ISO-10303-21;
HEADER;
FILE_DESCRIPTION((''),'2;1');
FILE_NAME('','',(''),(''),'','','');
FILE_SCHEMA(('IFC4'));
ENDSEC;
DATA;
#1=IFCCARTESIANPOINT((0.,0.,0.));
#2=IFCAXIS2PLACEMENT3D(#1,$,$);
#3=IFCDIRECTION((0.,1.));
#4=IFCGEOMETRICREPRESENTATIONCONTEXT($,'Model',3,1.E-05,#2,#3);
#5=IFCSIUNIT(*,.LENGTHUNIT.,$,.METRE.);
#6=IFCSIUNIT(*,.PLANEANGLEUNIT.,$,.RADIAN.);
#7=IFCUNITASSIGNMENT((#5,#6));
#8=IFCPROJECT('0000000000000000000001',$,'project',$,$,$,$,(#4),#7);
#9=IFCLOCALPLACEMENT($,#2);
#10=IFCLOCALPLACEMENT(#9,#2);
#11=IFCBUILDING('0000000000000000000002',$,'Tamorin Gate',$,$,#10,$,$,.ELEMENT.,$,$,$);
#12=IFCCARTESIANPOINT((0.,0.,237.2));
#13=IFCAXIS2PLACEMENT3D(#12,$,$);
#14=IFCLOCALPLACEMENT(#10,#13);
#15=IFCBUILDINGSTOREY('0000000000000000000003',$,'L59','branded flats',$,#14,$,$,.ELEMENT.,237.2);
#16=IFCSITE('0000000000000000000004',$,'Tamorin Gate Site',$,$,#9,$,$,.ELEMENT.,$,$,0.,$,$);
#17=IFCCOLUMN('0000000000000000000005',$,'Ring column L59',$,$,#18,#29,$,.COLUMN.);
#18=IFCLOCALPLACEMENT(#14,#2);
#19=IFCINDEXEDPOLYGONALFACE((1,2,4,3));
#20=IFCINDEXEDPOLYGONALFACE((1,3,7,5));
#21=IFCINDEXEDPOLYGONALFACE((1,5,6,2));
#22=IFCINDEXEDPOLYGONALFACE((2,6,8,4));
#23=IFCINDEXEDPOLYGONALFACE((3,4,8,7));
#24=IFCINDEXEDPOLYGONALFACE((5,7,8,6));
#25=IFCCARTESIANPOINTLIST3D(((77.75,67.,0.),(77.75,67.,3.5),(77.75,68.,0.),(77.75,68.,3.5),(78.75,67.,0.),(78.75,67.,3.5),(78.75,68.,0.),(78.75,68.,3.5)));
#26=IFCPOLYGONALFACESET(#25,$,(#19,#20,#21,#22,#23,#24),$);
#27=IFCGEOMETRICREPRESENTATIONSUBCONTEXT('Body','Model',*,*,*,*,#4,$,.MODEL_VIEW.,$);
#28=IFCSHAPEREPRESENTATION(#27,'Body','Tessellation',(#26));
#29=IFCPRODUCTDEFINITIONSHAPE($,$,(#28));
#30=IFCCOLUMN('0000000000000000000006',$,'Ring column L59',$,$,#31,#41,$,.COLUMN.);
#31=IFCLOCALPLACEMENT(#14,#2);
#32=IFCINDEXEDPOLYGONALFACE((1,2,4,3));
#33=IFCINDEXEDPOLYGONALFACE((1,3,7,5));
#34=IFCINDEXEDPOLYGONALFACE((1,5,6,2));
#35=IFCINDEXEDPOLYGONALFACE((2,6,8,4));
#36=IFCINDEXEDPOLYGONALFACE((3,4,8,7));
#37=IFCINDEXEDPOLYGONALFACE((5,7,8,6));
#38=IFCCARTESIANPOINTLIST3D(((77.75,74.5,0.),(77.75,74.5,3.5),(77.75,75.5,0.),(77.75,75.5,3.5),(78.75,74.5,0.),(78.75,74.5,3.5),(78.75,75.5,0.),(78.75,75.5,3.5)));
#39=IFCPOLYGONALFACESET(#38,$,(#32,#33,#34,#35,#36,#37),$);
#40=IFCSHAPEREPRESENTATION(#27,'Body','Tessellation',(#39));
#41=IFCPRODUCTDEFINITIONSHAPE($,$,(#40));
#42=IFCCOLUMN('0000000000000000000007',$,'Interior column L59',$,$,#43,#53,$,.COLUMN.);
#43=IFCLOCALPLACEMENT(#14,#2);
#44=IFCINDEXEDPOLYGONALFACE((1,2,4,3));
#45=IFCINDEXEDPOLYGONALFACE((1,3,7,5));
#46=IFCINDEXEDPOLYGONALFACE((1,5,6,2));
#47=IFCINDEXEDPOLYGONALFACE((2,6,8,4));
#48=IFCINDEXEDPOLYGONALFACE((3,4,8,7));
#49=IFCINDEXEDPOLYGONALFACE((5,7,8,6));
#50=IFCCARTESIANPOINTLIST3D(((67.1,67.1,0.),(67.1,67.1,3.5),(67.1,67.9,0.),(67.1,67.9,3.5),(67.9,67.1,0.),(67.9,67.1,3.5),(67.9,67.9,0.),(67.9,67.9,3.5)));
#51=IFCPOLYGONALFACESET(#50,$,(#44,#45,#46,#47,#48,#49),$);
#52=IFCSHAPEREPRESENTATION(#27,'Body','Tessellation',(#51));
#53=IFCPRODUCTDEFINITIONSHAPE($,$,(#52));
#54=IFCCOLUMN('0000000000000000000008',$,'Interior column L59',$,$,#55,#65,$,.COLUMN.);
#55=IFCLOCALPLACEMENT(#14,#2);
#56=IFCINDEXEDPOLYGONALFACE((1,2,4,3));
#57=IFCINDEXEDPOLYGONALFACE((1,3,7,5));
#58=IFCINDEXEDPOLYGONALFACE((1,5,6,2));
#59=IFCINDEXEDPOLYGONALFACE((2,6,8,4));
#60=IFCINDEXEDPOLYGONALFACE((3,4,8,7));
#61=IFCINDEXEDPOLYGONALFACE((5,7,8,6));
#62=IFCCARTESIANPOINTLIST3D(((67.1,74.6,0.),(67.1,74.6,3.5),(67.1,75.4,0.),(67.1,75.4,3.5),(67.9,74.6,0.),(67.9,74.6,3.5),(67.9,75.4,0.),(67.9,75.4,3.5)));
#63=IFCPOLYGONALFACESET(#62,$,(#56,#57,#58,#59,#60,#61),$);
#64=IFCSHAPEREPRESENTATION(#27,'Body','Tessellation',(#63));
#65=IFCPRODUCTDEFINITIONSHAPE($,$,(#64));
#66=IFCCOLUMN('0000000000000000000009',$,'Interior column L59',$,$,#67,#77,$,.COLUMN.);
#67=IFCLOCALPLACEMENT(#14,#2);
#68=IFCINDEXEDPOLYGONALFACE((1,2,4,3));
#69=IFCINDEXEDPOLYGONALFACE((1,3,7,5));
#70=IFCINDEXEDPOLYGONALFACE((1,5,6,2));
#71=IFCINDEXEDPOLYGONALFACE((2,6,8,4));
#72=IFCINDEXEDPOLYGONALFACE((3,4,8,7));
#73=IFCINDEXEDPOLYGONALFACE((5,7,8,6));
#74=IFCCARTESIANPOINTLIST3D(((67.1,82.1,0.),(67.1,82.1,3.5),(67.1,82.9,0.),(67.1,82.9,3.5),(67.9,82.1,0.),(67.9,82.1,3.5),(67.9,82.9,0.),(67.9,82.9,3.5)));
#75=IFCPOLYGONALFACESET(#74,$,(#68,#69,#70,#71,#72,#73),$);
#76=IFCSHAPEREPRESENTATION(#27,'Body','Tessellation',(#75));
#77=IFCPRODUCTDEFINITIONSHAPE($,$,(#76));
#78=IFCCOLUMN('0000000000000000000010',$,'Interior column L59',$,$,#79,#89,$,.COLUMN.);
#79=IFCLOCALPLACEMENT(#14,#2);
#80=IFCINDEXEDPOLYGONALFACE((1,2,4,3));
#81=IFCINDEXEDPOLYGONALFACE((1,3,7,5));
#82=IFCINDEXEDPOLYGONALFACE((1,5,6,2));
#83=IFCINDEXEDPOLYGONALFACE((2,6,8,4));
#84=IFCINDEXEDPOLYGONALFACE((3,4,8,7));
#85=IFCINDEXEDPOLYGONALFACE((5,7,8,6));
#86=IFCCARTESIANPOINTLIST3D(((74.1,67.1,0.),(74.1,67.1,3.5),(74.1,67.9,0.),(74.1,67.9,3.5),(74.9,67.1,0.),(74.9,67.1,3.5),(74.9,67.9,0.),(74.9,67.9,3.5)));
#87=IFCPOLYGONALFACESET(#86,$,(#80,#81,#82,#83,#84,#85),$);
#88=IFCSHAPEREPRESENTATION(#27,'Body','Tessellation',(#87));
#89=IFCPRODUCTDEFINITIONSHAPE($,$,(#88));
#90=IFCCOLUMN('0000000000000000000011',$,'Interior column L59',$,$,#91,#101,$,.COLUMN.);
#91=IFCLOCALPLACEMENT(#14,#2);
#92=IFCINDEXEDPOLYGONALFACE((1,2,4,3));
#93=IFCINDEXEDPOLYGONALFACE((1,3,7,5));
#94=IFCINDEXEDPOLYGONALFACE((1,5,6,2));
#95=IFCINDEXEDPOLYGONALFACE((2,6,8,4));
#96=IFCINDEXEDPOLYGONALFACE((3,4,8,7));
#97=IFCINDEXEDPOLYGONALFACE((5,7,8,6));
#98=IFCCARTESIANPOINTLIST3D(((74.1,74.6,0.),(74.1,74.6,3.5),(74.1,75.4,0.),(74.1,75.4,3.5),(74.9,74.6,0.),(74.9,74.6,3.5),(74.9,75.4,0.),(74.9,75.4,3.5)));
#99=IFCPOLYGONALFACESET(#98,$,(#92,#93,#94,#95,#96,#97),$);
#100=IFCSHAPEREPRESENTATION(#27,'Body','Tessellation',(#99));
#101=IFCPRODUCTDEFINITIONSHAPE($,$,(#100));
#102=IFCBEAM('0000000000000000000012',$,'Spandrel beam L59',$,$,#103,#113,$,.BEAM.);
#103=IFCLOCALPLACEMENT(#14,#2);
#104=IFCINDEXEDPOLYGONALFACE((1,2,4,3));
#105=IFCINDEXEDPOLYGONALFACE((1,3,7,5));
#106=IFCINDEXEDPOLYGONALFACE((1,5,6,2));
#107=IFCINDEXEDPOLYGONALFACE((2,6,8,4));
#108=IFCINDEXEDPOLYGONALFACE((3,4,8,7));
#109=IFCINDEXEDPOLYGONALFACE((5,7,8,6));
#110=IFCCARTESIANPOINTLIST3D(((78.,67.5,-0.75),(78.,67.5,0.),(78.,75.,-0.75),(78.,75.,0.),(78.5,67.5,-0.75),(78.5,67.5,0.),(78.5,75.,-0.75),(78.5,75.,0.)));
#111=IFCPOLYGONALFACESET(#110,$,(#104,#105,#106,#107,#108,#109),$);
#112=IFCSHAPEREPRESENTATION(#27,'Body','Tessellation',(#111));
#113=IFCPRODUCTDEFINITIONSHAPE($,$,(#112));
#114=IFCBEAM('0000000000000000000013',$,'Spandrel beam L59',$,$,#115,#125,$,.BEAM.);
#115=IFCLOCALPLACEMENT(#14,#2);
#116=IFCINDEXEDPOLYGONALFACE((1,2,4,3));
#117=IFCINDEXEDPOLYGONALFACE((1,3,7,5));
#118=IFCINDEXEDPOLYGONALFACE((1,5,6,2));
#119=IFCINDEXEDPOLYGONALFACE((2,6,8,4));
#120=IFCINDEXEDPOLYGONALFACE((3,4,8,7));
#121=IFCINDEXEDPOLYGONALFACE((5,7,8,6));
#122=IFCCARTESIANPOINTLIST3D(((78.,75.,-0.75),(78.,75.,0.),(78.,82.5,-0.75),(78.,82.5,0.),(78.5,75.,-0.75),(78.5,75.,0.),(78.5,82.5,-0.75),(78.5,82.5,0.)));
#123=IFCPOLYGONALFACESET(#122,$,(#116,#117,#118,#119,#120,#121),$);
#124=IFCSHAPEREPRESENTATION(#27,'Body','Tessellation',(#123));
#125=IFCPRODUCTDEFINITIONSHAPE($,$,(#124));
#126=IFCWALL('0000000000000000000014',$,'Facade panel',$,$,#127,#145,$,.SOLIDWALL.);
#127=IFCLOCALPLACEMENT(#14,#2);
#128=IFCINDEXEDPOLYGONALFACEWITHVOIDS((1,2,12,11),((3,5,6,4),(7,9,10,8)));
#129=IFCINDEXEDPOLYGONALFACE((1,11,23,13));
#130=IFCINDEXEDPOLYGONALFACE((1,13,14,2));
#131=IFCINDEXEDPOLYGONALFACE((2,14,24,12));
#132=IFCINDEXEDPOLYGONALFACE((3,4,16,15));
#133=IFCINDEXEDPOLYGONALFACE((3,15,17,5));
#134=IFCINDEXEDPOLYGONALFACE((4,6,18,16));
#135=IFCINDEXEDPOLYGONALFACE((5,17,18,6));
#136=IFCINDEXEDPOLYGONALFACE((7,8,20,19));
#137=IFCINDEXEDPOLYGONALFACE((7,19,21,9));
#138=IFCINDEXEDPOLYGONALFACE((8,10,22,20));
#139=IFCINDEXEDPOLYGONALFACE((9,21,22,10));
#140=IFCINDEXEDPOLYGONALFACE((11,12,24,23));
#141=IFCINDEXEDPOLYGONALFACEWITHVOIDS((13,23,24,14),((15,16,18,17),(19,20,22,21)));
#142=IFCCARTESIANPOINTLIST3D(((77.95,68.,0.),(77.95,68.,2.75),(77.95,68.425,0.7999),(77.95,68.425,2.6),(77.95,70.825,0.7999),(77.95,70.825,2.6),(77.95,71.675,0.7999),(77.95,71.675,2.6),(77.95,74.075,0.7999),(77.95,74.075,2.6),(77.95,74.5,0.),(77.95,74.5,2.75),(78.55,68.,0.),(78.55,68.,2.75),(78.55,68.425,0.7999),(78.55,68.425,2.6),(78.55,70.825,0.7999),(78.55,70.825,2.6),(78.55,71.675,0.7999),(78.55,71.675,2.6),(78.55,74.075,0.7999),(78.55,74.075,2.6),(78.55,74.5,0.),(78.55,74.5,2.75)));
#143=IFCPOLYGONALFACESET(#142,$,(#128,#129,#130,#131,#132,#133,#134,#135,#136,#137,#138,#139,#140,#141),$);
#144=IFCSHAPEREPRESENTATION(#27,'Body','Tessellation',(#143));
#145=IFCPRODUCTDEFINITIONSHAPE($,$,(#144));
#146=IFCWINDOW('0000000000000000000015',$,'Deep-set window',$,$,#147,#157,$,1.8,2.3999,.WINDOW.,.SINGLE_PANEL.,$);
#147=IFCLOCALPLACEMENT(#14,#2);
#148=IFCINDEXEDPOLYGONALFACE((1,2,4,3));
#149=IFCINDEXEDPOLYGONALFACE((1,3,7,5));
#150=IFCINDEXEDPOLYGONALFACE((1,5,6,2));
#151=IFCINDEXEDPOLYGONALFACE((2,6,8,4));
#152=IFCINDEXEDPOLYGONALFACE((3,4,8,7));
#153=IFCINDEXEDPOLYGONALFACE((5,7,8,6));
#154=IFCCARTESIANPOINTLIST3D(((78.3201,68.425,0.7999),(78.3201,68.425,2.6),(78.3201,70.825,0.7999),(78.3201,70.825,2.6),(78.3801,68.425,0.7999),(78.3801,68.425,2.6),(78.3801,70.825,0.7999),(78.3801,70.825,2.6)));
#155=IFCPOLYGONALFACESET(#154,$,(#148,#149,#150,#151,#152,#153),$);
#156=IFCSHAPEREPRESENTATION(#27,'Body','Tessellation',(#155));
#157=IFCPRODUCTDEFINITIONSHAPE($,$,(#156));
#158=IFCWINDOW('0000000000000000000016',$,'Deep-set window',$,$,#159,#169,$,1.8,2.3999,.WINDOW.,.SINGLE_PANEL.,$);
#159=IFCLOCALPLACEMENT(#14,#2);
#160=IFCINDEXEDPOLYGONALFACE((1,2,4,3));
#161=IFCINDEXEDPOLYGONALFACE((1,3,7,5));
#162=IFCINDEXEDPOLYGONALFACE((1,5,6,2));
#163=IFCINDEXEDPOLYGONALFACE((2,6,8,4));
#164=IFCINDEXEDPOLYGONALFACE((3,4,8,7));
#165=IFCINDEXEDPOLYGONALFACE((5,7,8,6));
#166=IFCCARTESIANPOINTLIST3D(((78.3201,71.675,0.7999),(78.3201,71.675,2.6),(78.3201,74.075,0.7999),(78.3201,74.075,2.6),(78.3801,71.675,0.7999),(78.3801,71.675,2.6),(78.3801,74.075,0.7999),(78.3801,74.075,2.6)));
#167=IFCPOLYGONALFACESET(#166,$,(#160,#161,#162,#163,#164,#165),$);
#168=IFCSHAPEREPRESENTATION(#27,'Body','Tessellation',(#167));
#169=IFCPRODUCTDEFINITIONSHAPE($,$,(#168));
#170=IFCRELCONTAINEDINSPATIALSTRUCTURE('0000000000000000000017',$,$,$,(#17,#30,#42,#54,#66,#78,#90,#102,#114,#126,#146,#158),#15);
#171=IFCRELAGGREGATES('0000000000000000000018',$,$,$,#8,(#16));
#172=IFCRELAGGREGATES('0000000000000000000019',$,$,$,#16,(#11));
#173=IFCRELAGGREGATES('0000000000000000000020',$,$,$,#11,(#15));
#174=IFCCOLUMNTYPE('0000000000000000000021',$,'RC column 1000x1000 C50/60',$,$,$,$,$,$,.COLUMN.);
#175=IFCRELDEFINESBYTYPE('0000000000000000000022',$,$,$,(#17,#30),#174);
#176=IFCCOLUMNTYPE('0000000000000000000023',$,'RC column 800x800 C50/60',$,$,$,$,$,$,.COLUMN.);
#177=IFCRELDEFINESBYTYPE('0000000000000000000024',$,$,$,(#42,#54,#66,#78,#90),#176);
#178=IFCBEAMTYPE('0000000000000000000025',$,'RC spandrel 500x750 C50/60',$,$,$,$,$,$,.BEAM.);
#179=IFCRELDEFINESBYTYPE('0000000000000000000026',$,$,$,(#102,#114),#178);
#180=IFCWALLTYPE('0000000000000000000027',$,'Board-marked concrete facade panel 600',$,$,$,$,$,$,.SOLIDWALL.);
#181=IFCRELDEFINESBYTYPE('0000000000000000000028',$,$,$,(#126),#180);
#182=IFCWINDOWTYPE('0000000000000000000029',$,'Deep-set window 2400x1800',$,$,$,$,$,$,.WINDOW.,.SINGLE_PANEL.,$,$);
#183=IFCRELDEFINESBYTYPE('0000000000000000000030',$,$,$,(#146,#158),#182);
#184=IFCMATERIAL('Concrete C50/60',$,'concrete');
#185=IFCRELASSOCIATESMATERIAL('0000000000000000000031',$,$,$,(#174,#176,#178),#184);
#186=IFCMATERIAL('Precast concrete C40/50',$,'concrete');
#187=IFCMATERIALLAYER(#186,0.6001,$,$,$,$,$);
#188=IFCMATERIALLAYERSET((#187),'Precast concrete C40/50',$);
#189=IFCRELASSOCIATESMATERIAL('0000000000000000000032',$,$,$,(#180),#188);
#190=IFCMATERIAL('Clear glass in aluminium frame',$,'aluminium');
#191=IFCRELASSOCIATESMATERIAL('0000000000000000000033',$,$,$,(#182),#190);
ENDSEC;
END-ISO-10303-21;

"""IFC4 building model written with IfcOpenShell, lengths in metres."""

from ifc_helpers import new_model, si_unit, direction, frame, frame_2d, origin, origin_2d, place, context, subcontext, project, spatial, rectangle, extrude, material, layer, layer_set, material_profile, profile_set, type_object, element, fill, save


model = new_model("IFC4")

# Units and contexts
model_context = context("Model", 3, precision=1e-05, world=origin(), true_north=direction((0.0, 1.0)))
body_context = subcontext(model_context, "Body", "Model", "MODEL_VIEW")
ifc_project = project(units=[si_unit("LENGTHUNIT", "METRE"), si_unit("PLANEANGLEUNIT", "RADIAN")], contexts=[model_context])

# Site, building, storey
site_placement = place(None, origin())
site = spatial("IfcSite", under=ifc_project, at=site_placement, Name="Tamorin Gate Site", CompositionType="ELEMENT", RefElevation=0.0)
building_placement = place(site_placement, origin())
building = spatial("IfcBuilding", under=site, at=building_placement, Name="Tamorin Gate", CompositionType="ELEMENT")
storey_placement = place(building_placement, frame((0.0, 0.0, 237.2)))
storey = spatial("IfcBuildingStorey", under=building, at=storey_placement, Name="L59", Description="branded flats", CompositionType="ELEMENT", Elevation=237.2)

# Columns
ifc_material_1 = material(Name="Concrete C50/60", Category="concrete")
ifc_material_profile_1 = material_profile(ifc_material_1, rectangle(XDim=1.0, YDim=1.0, at=origin_2d()), Name="RC 1000x1000")
ifc_profile_set_1 = profile_set([ifc_material_profile_1], Name="Concrete C50/60")
column_type_1 = type_object("IfcColumnType", Name="RC column 1000x1000 C50/60", PredefinedType="COLUMN", material=ifc_profile_set_1)
for number, where, z_axis, x_axis, name in (
    (1, (78.25, 67.5, 0.0), (0.0, 0.0, 1.0), (1.0, 0.0, 0.0), "Ring column L59"),
    (2, (78.25, 75.0, 0.0), (0.0, 0.0, 1.0), (1.0, 0.0, 0.0), "Ring column L59"),
):
    element("IfcColumn", number, at=place(storey_placement, frame(where, z_axis=z_axis, x_axis=x_axis)), inside=storey, type_object=column_type_1, Name=name, PredefinedType="COLUMN", context=body_context, shape_type="SweptSolid", body=[
        extrude(rectangle(XDim=1.0, YDim=1.0, at=origin_2d()), origin(), (0.0, 0.0, 1.0), 3.5),
    ])
ifc_material_profile_2 = material_profile(ifc_material_1, rectangle(XDim=0.8, YDim=0.8, at=origin_2d()), Name="RC 800x800")
ifc_profile_set_2 = profile_set([ifc_material_profile_2], Name="Concrete C50/60")
column_type_2 = type_object("IfcColumnType", Name="RC column 800x800 C50/60", PredefinedType="COLUMN", material=ifc_profile_set_2)
for number, where, z_axis, x_axis, name in (
    (3, (67.5, 67.5, 0.0), (0.0, 0.0, 1.0), (1.0, 0.0, 0.0), "Interior column L59"),
    (4, (67.5, 75.0, 0.0), (0.0, 0.0, 1.0), (1.0, 0.0, 0.0), "Interior column L59"),
    (5, (67.5, 82.5, 0.0), (0.0, 0.0, 1.0), (1.0, 0.0, 0.0), "Interior column L59"),
    (6, (74.5, 67.5, 0.0), (0.0, 0.0, 1.0), (1.0, 0.0, 0.0), "Interior column L59"),
    (7, (74.5, 75.0, 0.0), (0.0, 0.0, 1.0), (1.0, 0.0, 0.0), "Interior column L59"),
):
    element("IfcColumn", number, at=place(storey_placement, frame(where, z_axis=z_axis, x_axis=x_axis)), inside=storey, type_object=column_type_2, Name=name, PredefinedType="COLUMN", context=body_context, shape_type="SweptSolid", body=[
        extrude(rectangle(XDim=0.8, YDim=0.8, at=origin_2d()), origin(), (0.0, 0.0, 1.0), 3.5),
    ])

# Beams
ifc_material_profile_3 = material_profile(ifc_material_1, rectangle(XDim=0.5, YDim=0.75, at=origin_2d()), Name="RC 500x750")
ifc_profile_set_3 = profile_set([ifc_material_profile_3], Name="Concrete C50/60")
beam_type = type_object("IfcBeamType", Name="RC spandrel 500x750 C50/60", PredefinedType="BEAM", material=ifc_profile_set_3)
for number, where, z_axis, x_axis, name in (
    (8, (78.25, 67.5, -0.375), (0.0, 1.0, 0.0), (-1.0, 0.0, 0.0), "Spandrel beam L59"),
    (9, (78.25, 75.0, -0.375), (0.0, 1.0, 0.0), (-1.0, 0.0, 0.0), "Spandrel beam L59"),
):
    element("IfcBeam", number, at=place(storey_placement, frame(where, z_axis=z_axis, x_axis=x_axis)), inside=storey, type_object=beam_type, Name=name, PredefinedType="BEAM", context=body_context, shape_type="SweptSolid", body=[
        extrude(rectangle(XDim=0.5, YDim=0.75, at=origin_2d()), origin(), (0.0, 0.0, 1.0), 7.5),
    ])

# Wall, openings, windows
ifc_material_2 = material(Name="Precast concrete C40/50", Category="concrete")
ifc_layer_1 = layer(ifc_material_2, 0.6001)
ifc_layer_set_1 = layer_set([ifc_layer_1], Name="Precast concrete C40/50")
wall_type_1 = type_object("IfcWallType", Name="Board-marked concrete facade panel 600", PredefinedType="SOLIDWALL", material=ifc_layer_set_1)
wall_1_placement = place(storey_placement, frame((78.25, 68.0, 0.0), z_axis=(0.0, 0.0, 1.0), x_axis=(0.0, 1.0, 0.0)))
wall_1 = element("IfcWall", 10, at=wall_1_placement, inside=storey, type_object=wall_type_1, Name="Facade panel", PredefinedType="SOLIDWALL", context=body_context, shape_type="SweptSolid", body=[
    extrude(rectangle(XDim=6.5, YDim=0.6001, at=frame_2d((3.25, 0.0))), origin(), (0.0, 0.0, 1.0), 2.75),
])
opening_1_placement = place(wall_1_placement, frame((0.425, 0.0, 0.8)))
opening_1 = element("IfcOpeningElement", 11, at=opening_1_placement, cuts=wall_1, PredefinedType="OPENING", context=body_context, shape_type="SweptSolid", body=[
    extrude(rectangle(XDim=2.3999, YDim=1.8, at=frame_2d((1.2, 0.8999))), frame((0.0, 0.3101, 0.0), z_axis=(0.0, -1.0, 0.0), x_axis=(1.0, 0.0, 0.0)), (0.0, 0.0, 1.0), 0.6201),
])
opening_2_placement = place(wall_1_placement, frame((3.675, 0.0, 0.8)))
opening_2 = element("IfcOpeningElement", 12, at=opening_2_placement, cuts=wall_1, PredefinedType="OPENING", context=body_context, shape_type="SweptSolid", body=[
    extrude(rectangle(XDim=2.3999, YDim=1.8, at=frame_2d((1.2, 0.8999))), frame((0.0, 0.3101, 0.0), z_axis=(0.0, -1.0, 0.0), x_axis=(1.0, 0.0, 0.0)), (0.0, 0.0, 1.0), 0.6201),
])
ifc_material_3 = material(Name="Clear glass in aluminium frame", Category="aluminium")
window_type = type_object("IfcWindowType", Name="Deep-set window 2400x1800", PartitioningType="SINGLE_PANEL", PredefinedType="WINDOW", material=ifc_material_3)
window_1_placement = place(opening_1_placement, origin())
window_1 = element("IfcWindow", 13, at=window_1_placement, inside=storey, type_object=window_type, Name="Deep-set window", OverallHeight=1.8, OverallWidth=2.3999, PartitioningType="SINGLE_PANEL", PredefinedType="WINDOW", context=body_context, shape_type="SweptSolid", body=[
    extrude(rectangle(XDim=2.3999, YDim=1.8, at=frame_2d((1.2, 0.8999))), frame((0.0, -0.0701, 0.0), z_axis=(0.0, -1.0, 0.0), x_axis=(1.0, 0.0, 0.0)), (0.0, 0.0, 1.0), 0.0601),
])
fill(opening_1, window_1)
window_2_placement = place(opening_2_placement, origin())
window_2 = element("IfcWindow", 14, at=window_2_placement, inside=storey, type_object=window_type, Name="Deep-set window", OverallHeight=1.8, OverallWidth=2.3999, PartitioningType="SINGLE_PANEL", PredefinedType="WINDOW", context=body_context, shape_type="SweptSolid", body=[
    extrude(rectangle(XDim=2.3999, YDim=1.8, at=frame_2d((1.2, 0.8999))), frame((0.0, -0.0701, 0.0), z_axis=(0.0, -1.0, 0.0), x_axis=(1.0, 0.0, 0.0)), (0.0, 0.0, 1.0), 0.0601),
])
fill(opening_2, window_2)

save(model, "model.ifc")
